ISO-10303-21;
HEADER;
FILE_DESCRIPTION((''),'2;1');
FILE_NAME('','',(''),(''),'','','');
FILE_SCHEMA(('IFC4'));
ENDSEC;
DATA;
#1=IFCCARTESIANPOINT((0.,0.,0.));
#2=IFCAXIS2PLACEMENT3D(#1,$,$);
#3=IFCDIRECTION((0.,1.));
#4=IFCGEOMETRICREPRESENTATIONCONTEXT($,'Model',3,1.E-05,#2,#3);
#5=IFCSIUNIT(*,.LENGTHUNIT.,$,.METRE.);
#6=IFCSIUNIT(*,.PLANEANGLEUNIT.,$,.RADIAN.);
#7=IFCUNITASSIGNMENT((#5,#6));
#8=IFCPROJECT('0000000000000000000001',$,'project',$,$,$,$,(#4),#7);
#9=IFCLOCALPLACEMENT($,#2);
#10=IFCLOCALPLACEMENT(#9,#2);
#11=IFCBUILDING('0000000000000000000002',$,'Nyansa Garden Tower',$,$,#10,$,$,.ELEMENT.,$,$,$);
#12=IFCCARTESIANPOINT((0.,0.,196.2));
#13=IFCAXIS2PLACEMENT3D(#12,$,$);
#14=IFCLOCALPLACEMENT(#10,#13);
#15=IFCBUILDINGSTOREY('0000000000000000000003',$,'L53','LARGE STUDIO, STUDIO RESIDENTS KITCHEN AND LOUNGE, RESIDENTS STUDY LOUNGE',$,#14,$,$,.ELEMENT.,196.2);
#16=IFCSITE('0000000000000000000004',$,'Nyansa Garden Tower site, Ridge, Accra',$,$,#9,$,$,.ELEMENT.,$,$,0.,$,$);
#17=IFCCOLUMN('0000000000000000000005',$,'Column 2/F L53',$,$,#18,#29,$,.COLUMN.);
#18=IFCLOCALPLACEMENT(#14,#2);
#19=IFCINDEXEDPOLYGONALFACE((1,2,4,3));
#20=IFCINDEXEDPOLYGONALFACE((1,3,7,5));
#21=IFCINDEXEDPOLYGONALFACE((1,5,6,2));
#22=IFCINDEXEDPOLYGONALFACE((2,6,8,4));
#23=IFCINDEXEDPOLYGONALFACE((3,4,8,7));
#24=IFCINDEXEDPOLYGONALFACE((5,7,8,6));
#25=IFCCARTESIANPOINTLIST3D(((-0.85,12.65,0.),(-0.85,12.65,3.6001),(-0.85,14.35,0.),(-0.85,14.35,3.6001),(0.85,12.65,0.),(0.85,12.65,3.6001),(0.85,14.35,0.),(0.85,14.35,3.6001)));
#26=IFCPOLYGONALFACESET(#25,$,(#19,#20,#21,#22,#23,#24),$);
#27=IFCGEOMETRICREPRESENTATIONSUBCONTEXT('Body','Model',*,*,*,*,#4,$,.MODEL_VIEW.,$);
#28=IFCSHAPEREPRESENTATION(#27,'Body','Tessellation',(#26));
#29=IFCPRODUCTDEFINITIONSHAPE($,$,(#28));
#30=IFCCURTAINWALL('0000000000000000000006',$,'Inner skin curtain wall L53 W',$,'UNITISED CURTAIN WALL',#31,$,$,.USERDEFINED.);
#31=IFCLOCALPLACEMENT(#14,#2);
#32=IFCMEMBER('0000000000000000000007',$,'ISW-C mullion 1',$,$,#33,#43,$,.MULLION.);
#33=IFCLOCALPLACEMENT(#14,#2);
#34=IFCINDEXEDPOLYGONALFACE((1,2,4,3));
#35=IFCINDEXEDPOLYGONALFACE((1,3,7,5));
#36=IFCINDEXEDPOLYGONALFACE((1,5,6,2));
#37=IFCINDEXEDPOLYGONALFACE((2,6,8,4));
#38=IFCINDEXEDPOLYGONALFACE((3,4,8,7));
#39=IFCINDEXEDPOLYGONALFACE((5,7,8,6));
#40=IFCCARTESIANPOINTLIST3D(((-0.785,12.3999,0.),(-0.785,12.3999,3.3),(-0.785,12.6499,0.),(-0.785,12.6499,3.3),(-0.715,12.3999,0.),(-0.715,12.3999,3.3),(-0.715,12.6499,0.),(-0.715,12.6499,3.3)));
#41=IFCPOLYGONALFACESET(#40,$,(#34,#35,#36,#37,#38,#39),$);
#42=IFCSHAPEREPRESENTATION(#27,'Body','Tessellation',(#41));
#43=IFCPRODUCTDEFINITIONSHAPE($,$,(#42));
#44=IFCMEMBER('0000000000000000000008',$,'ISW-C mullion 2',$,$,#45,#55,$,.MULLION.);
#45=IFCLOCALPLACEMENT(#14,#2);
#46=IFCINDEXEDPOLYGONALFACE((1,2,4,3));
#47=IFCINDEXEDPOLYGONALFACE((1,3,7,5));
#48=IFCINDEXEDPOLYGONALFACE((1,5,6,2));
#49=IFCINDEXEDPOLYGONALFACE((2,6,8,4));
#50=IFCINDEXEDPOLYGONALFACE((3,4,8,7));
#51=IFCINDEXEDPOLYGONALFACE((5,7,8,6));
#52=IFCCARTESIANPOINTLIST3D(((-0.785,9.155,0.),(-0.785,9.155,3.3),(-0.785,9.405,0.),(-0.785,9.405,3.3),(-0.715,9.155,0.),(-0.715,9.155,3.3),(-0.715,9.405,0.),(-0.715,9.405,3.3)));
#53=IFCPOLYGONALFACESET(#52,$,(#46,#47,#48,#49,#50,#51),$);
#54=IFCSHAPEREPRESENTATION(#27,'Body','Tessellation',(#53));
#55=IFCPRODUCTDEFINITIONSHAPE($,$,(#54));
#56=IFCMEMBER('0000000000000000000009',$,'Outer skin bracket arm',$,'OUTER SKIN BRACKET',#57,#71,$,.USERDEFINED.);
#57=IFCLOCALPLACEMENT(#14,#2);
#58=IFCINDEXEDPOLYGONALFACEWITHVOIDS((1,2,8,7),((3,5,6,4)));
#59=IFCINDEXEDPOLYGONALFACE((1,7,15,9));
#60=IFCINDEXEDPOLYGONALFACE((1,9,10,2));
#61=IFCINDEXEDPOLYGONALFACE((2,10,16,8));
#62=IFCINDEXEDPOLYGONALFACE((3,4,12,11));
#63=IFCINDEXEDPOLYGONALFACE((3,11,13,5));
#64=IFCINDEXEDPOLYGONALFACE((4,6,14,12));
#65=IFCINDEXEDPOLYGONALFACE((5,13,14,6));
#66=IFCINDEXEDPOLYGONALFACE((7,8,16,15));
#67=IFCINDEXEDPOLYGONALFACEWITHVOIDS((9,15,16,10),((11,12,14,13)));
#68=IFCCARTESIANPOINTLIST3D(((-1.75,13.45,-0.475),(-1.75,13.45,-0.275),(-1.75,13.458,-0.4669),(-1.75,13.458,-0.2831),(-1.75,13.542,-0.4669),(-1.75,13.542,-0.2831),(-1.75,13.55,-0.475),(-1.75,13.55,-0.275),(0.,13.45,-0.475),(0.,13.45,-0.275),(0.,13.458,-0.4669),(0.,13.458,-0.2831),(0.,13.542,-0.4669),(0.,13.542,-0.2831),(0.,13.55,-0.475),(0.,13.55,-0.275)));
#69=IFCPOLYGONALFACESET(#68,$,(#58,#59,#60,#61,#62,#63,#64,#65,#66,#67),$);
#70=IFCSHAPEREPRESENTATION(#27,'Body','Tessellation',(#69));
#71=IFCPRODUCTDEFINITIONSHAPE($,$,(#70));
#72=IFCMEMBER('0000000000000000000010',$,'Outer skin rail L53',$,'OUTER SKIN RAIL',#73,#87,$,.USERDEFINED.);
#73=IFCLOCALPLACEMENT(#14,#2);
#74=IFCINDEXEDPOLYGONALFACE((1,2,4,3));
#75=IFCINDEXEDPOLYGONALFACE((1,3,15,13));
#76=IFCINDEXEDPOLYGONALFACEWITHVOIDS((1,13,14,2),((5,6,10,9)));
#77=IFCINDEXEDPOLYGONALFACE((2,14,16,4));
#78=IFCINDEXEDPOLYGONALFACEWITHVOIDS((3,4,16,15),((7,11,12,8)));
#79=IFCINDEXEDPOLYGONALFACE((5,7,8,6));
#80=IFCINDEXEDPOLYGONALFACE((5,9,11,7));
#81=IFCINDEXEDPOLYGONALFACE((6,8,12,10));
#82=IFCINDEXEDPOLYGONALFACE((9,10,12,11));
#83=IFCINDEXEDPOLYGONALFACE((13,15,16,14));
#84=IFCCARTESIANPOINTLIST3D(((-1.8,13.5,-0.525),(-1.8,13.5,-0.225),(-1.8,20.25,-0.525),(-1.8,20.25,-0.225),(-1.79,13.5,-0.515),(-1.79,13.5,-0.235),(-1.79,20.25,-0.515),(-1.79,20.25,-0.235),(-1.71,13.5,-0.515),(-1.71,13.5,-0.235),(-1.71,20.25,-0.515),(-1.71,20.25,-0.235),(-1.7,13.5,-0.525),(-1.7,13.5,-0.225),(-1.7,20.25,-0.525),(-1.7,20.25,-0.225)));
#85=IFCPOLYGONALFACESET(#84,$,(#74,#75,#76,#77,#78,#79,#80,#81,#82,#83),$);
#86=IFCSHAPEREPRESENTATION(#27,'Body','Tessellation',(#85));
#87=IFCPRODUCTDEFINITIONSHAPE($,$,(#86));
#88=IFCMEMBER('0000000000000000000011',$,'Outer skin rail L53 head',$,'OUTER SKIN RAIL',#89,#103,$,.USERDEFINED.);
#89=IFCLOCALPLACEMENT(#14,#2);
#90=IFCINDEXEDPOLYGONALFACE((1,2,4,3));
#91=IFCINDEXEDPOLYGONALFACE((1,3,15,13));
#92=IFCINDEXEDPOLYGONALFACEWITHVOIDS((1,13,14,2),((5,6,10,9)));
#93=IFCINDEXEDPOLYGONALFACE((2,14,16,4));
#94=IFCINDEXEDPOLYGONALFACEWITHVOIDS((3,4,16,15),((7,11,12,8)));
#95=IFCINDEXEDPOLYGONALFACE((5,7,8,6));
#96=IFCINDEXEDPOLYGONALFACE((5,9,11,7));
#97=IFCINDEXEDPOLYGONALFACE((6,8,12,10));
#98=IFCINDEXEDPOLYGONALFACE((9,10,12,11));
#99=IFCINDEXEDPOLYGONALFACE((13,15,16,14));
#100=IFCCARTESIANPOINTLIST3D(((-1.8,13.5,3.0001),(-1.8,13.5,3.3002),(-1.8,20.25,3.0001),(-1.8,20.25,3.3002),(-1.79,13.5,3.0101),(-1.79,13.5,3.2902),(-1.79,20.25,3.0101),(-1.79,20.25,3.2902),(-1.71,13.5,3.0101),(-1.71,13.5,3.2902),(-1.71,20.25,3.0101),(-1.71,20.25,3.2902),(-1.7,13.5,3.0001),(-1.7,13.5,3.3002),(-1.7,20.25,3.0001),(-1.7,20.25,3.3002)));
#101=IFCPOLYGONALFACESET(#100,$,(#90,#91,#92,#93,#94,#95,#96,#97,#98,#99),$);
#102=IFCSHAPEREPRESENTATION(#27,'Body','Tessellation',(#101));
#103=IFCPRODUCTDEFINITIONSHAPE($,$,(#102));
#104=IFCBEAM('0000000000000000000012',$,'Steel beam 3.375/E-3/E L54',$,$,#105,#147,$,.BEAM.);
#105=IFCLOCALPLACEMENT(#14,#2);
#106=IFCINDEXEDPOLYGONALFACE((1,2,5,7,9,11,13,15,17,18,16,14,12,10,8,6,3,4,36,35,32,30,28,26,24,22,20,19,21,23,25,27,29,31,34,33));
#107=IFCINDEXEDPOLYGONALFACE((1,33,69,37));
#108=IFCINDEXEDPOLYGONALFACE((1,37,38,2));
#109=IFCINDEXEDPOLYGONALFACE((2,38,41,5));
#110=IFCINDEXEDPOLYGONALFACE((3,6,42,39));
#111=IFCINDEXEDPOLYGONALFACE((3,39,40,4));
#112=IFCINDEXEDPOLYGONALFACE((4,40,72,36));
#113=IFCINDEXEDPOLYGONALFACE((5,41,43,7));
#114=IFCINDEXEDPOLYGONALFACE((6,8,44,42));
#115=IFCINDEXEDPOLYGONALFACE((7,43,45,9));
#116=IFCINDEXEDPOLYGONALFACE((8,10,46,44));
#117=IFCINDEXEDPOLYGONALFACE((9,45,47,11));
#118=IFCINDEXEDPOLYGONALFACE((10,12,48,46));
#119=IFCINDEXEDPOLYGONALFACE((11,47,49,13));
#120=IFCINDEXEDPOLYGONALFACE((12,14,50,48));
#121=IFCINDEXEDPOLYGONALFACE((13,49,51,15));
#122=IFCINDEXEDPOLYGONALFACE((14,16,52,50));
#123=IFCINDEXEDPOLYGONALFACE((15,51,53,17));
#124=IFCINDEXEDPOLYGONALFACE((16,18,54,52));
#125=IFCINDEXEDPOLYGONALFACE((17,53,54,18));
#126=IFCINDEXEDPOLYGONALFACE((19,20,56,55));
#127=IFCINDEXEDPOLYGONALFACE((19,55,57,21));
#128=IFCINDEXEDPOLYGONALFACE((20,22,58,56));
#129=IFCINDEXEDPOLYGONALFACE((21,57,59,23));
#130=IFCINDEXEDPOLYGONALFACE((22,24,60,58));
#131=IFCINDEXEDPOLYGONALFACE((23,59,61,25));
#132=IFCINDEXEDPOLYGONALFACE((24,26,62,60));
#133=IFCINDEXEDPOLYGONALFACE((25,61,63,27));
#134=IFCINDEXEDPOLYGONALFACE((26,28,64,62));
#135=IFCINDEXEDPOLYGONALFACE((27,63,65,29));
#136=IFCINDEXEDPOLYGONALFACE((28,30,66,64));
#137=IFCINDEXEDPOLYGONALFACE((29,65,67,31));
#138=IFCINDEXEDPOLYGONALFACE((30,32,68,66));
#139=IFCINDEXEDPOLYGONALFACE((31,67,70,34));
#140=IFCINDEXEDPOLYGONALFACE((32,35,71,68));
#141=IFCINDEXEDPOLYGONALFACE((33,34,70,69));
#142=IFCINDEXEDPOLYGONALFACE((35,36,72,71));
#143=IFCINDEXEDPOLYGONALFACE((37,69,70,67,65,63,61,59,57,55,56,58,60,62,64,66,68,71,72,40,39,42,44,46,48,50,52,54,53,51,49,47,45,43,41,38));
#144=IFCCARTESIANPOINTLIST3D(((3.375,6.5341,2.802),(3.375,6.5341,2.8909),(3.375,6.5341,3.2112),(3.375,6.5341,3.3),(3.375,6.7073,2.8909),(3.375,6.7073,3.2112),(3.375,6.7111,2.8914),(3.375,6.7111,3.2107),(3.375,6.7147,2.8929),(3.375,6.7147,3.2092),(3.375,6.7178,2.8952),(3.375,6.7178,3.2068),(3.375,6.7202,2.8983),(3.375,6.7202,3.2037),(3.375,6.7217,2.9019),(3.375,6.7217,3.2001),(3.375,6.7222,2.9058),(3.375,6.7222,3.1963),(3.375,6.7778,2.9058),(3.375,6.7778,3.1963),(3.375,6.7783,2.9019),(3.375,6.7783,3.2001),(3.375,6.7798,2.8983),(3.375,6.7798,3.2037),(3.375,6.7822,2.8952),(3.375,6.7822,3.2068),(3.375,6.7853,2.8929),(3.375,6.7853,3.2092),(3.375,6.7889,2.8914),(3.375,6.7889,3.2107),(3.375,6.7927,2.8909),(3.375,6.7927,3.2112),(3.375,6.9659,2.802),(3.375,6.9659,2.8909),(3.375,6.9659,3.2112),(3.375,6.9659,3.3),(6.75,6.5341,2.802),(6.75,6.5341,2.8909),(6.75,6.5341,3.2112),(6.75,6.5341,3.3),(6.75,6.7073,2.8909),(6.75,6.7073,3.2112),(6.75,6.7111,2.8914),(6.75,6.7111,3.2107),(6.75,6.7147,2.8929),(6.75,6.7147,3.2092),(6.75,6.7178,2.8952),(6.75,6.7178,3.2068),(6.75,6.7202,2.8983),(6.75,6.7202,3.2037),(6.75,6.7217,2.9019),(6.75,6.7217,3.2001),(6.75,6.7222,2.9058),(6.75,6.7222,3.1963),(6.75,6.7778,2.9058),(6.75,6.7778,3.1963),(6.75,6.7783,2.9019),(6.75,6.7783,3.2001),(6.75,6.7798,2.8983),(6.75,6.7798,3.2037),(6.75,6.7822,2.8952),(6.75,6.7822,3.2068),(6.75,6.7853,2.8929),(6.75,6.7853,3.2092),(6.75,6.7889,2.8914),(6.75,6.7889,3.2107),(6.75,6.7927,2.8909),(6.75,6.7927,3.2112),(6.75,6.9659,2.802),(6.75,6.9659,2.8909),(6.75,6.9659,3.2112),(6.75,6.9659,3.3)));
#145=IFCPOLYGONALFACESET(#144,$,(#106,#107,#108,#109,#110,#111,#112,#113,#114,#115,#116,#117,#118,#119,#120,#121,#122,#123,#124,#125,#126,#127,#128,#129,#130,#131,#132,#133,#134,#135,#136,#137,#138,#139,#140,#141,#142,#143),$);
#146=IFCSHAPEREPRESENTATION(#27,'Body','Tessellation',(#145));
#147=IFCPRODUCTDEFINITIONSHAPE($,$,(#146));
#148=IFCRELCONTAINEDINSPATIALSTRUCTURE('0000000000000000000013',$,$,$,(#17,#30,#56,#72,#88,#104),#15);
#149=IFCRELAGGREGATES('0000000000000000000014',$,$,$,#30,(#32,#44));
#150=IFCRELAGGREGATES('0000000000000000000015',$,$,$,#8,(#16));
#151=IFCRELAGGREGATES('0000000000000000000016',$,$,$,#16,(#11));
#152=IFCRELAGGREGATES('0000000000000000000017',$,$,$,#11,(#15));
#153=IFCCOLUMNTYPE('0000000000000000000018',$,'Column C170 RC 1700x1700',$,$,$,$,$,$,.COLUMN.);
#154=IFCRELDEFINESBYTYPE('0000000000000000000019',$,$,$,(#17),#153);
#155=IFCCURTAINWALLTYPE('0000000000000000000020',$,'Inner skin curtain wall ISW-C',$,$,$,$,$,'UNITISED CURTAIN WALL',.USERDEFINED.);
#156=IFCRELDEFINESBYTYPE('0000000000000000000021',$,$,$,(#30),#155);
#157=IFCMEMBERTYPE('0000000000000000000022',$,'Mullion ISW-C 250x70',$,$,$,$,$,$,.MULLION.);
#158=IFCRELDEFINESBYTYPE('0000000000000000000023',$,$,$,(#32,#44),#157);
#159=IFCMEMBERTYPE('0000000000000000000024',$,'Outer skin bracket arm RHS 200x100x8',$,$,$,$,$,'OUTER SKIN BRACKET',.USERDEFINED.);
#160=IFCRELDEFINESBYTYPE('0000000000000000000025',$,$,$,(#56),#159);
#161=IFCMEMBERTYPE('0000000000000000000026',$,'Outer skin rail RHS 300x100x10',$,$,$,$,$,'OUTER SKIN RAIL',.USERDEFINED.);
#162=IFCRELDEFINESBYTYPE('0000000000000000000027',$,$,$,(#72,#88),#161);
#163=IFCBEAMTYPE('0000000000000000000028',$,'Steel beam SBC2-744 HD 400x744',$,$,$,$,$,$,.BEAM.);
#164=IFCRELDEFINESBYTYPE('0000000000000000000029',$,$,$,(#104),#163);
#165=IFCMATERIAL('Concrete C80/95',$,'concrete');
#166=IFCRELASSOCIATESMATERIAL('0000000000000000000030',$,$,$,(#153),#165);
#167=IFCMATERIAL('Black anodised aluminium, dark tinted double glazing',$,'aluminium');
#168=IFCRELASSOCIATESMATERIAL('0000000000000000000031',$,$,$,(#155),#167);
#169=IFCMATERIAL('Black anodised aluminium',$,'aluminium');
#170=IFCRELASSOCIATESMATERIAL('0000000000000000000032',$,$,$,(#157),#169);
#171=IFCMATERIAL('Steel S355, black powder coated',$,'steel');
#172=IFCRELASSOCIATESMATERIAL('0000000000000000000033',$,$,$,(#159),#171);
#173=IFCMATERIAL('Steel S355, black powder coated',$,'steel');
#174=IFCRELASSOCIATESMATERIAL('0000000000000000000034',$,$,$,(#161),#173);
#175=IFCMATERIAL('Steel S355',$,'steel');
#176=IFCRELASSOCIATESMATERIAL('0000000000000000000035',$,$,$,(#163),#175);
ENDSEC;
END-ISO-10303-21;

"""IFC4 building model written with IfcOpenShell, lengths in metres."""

from ifc_helpers import new_model, si_unit, direction, frame, origin, origin_2d, place, context, subcontext, project, spatial, rectangle, hollow_rectangle, i_section, extrude, material, material_profile, profile_set, type_object, element, aggregate, save


model = new_model("IFC4")

# Units and contexts
model_context = context("Model", 3, precision=1e-05, world=origin(), true_north=direction((0.0, 1.0)))
body_context = subcontext(model_context, "Body", "Model", "MODEL_VIEW")
ifc_project = project(units=[si_unit("LENGTHUNIT", "METRE"), si_unit("PLANEANGLEUNIT", "RADIAN")], contexts=[model_context])

# Site, building, storey
site_placement = place(None, origin())
site = spatial("IfcSite", under=ifc_project, at=site_placement, Name="Nyansa Garden Tower site, Ridge, Accra", CompositionType="ELEMENT", RefElevation=0.0)
building_placement = place(site_placement, origin())
building = spatial("IfcBuilding", under=site, at=building_placement, Name="Nyansa Garden Tower", CompositionType="ELEMENT")
storey_placement = place(building_placement, frame((0.0, 0.0, 196.2)))
storey = spatial("IfcBuildingStorey", under=building, at=storey_placement, Name="L53", Description="LARGE STUDIO, STUDIO RESIDENTS KITCHEN AND LOUNGE, RESIDENTS STUDY LOUNGE", CompositionType="ELEMENT", Elevation=196.2)

# Column
ifc_material_1 = material(Name="Concrete C80/95", Category="concrete")
ifc_material_profile_1 = material_profile(ifc_material_1, rectangle(XDim=1.7, YDim=1.7, at=origin_2d()), Name="RC 1700x1700")
ifc_profile_set_1 = profile_set([ifc_material_profile_1], Name="Concrete C80/95")
column_type = type_object("IfcColumnType", Name="Column C170 RC 1700x1700", PredefinedType="COLUMN", material=ifc_profile_set_1)
column_placement = place(storey_placement, frame((0.0, 13.5, 0.0), z_axis=(0.0, 0.0, 1.0), x_axis=(1.0, 0.0, 0.0)))
element("IfcColumn", 1, at=column_placement, inside=storey, type_object=column_type, Name="Column 2/F L53", PredefinedType="COLUMN", context=body_context, shape_type="SweptSolid", body=[
    extrude(rectangle(XDim=1.7, YDim=1.7, at=origin_2d()), origin(), (0.0, 0.0, 1.0), 3.6001),
])

# Curtain wall, members
ifc_material_2 = material(Name="Black anodised aluminium, dark tinted double glazing", Category="aluminium")
curtain_wall_type = type_object("IfcCurtainWallType", Name="Inner skin curtain wall ISW-C", ElementType="UNITISED CURTAIN WALL", PredefinedType="USERDEFINED", material=ifc_material_2)
curtain_wall_placement = place(storey_placement, origin())
curtain_wall = element("IfcCurtainWall", 2, at=curtain_wall_placement, inside=storey, type_object=curtain_wall_type, Name="Inner skin curtain wall L53 W", ObjectType="UNITISED CURTAIN WALL", PredefinedType="USERDEFINED")
ifc_material_3 = material(Name="Black anodised aluminium", Category="aluminium")
ifc_material_profile_2 = material_profile(ifc_material_3, rectangle(XDim=0.0701, YDim=0.25, at=origin_2d()), Name="Mullion 250x70")
ifc_profile_set_2 = profile_set([ifc_material_profile_2], Name="Black anodised aluminium")
member_type_1 = type_object("IfcMemberType", Name="Mullion ISW-C 250x70", PredefinedType="MULLION", material=ifc_profile_set_2)
member_1_placement = place(storey_placement, frame((-0.75, 12.5249, 0.0), z_axis=(0.0, 0.0, 1.0), x_axis=(1.0, 0.0, 0.0)))
member_1 = element("IfcMember", 3, at=member_1_placement, type_object=member_type_1, Name="ISW-C mullion 1", PredefinedType="MULLION", context=body_context, shape_type="SweptSolid", body=[
    extrude(rectangle(XDim=0.0701, YDim=0.25, at=origin_2d()), origin(), (0.0, 0.0, 1.0), 3.3),
])
member_2_placement = place(storey_placement, frame((-0.75, 9.28, 0.0), z_axis=(0.0, 0.0, 1.0), x_axis=(1.0, 0.0, 0.0)))
member_2 = element("IfcMember", 4, at=member_2_placement, type_object=member_type_1, Name="ISW-C mullion 2", PredefinedType="MULLION", context=body_context, shape_type="SweptSolid", body=[
    extrude(rectangle(XDim=0.0701, YDim=0.25, at=origin_2d()), origin(), (0.0, 0.0, 1.0), 3.3),
])

# Members
ifc_material_4 = material(Name="Steel S355, black powder coated", Category="steel")
ifc_material_profile_3 = material_profile(ifc_material_4, hollow_rectangle(XDim=0.1001, YDim=0.2, WallThickness=0.0081, at=origin_2d()), Name="RHS 200x100x8")
ifc_profile_set_3 = profile_set([ifc_material_profile_3], Name="Steel S355, black powder coated")
member_type_2 = type_object("IfcMemberType", Name="Outer skin bracket arm RHS 200x100x8", ElementType="OUTER SKIN BRACKET", PredefinedType="USERDEFINED", material=ifc_profile_set_3)
member_3_placement = place(storey_placement, frame((0.0, 13.5, -0.375), z_axis=(-1.0, 0.0, 0.0), x_axis=(0.0, -1.0, 0.0)))
element("IfcMember", 5, at=member_3_placement, inside=storey, type_object=member_type_2, Name="Outer skin bracket arm", ObjectType="OUTER SKIN BRACKET", PredefinedType="USERDEFINED", context=body_context, shape_type="SweptSolid", body=[
    extrude(hollow_rectangle(XDim=0.1001, YDim=0.2, WallThickness=0.0081, at=origin_2d()), origin(), (0.0, 0.0, 1.0), 1.75),
])
ifc_material_5 = material(Name="Steel S355, black powder coated", Category="steel")
ifc_material_profile_4 = material_profile(ifc_material_5, hollow_rectangle(XDim=0.1001, YDim=0.3, WallThickness=0.01, at=origin_2d()), Name="RHS 300x100x10")
ifc_profile_set_4 = profile_set([ifc_material_profile_4], Name="Steel S355, black powder coated")
member_type_3 = type_object("IfcMemberType", Name="Outer skin rail RHS 300x100x10", ElementType="OUTER SKIN RAIL", PredefinedType="USERDEFINED", material=ifc_profile_set_4)
for number, where, z_axis, x_axis, name in (
    (6, (-1.75, 13.5, -0.375), (0.0, 1.0, 0.0), (-1.0, 0.0, 0.0), "Outer skin rail L53"),
    (7, (-1.75, 13.5, 3.1501), (0.0, 1.0, 0.0), (-1.0, 0.0, 0.0), "Outer skin rail L53 head"),
):
    element("IfcMember", number, at=place(storey_placement, frame(where, z_axis=z_axis, x_axis=x_axis)), inside=storey, type_object=member_type_3, Name=name, ObjectType="OUTER SKIN RAIL", PredefinedType="USERDEFINED", context=body_context, shape_type="SweptSolid", body=[
        extrude(hollow_rectangle(XDim=0.1001, YDim=0.3, WallThickness=0.01, at=origin_2d()), origin(), (0.0, 0.0, 1.0), 6.75),
    ])

# Beam
ifc_material_6 = material(Name="Steel S355", Category="steel")
ifc_material_profile_5 = material_profile(ifc_material_6, i_section(OverallWidth=0.4319, OverallDepth=0.498, WebThickness=0.0557, FlangeThickness=0.0889, FilletRadius=0.0149, at=origin_2d()), Name="HD 400x744")
ifc_profile_set_5 = profile_set([ifc_material_profile_5], Name="Steel S355")
beam_type_1 = type_object("IfcBeamType", Name="Steel beam SBC2-744 HD 400x744", PredefinedType="BEAM", material=ifc_profile_set_5)
beam_1_placement = place(storey_placement, frame((3.375, 6.75, 3.051), z_axis=(1.0, 0.0, 0.0), x_axis=(0.0, 1.0, 0.0)))
element("IfcBeam", 8, at=beam_1_placement, inside=storey, type_object=beam_type_1, Name="Steel beam 3.375/E-3/E L54", PredefinedType="BEAM", context=body_context, shape_type="SweptSolid", body=[
    extrude(i_section(OverallWidth=0.4319, OverallDepth=0.498, WebThickness=0.0557, FlangeThickness=0.0889, FilletRadius=0.0149, at=origin_2d()), origin(), (0.0, 0.0, 1.0), 3.375),
])

aggregate(curtain_wall, [member_1, member_2])

save(model, "model.ifc")
